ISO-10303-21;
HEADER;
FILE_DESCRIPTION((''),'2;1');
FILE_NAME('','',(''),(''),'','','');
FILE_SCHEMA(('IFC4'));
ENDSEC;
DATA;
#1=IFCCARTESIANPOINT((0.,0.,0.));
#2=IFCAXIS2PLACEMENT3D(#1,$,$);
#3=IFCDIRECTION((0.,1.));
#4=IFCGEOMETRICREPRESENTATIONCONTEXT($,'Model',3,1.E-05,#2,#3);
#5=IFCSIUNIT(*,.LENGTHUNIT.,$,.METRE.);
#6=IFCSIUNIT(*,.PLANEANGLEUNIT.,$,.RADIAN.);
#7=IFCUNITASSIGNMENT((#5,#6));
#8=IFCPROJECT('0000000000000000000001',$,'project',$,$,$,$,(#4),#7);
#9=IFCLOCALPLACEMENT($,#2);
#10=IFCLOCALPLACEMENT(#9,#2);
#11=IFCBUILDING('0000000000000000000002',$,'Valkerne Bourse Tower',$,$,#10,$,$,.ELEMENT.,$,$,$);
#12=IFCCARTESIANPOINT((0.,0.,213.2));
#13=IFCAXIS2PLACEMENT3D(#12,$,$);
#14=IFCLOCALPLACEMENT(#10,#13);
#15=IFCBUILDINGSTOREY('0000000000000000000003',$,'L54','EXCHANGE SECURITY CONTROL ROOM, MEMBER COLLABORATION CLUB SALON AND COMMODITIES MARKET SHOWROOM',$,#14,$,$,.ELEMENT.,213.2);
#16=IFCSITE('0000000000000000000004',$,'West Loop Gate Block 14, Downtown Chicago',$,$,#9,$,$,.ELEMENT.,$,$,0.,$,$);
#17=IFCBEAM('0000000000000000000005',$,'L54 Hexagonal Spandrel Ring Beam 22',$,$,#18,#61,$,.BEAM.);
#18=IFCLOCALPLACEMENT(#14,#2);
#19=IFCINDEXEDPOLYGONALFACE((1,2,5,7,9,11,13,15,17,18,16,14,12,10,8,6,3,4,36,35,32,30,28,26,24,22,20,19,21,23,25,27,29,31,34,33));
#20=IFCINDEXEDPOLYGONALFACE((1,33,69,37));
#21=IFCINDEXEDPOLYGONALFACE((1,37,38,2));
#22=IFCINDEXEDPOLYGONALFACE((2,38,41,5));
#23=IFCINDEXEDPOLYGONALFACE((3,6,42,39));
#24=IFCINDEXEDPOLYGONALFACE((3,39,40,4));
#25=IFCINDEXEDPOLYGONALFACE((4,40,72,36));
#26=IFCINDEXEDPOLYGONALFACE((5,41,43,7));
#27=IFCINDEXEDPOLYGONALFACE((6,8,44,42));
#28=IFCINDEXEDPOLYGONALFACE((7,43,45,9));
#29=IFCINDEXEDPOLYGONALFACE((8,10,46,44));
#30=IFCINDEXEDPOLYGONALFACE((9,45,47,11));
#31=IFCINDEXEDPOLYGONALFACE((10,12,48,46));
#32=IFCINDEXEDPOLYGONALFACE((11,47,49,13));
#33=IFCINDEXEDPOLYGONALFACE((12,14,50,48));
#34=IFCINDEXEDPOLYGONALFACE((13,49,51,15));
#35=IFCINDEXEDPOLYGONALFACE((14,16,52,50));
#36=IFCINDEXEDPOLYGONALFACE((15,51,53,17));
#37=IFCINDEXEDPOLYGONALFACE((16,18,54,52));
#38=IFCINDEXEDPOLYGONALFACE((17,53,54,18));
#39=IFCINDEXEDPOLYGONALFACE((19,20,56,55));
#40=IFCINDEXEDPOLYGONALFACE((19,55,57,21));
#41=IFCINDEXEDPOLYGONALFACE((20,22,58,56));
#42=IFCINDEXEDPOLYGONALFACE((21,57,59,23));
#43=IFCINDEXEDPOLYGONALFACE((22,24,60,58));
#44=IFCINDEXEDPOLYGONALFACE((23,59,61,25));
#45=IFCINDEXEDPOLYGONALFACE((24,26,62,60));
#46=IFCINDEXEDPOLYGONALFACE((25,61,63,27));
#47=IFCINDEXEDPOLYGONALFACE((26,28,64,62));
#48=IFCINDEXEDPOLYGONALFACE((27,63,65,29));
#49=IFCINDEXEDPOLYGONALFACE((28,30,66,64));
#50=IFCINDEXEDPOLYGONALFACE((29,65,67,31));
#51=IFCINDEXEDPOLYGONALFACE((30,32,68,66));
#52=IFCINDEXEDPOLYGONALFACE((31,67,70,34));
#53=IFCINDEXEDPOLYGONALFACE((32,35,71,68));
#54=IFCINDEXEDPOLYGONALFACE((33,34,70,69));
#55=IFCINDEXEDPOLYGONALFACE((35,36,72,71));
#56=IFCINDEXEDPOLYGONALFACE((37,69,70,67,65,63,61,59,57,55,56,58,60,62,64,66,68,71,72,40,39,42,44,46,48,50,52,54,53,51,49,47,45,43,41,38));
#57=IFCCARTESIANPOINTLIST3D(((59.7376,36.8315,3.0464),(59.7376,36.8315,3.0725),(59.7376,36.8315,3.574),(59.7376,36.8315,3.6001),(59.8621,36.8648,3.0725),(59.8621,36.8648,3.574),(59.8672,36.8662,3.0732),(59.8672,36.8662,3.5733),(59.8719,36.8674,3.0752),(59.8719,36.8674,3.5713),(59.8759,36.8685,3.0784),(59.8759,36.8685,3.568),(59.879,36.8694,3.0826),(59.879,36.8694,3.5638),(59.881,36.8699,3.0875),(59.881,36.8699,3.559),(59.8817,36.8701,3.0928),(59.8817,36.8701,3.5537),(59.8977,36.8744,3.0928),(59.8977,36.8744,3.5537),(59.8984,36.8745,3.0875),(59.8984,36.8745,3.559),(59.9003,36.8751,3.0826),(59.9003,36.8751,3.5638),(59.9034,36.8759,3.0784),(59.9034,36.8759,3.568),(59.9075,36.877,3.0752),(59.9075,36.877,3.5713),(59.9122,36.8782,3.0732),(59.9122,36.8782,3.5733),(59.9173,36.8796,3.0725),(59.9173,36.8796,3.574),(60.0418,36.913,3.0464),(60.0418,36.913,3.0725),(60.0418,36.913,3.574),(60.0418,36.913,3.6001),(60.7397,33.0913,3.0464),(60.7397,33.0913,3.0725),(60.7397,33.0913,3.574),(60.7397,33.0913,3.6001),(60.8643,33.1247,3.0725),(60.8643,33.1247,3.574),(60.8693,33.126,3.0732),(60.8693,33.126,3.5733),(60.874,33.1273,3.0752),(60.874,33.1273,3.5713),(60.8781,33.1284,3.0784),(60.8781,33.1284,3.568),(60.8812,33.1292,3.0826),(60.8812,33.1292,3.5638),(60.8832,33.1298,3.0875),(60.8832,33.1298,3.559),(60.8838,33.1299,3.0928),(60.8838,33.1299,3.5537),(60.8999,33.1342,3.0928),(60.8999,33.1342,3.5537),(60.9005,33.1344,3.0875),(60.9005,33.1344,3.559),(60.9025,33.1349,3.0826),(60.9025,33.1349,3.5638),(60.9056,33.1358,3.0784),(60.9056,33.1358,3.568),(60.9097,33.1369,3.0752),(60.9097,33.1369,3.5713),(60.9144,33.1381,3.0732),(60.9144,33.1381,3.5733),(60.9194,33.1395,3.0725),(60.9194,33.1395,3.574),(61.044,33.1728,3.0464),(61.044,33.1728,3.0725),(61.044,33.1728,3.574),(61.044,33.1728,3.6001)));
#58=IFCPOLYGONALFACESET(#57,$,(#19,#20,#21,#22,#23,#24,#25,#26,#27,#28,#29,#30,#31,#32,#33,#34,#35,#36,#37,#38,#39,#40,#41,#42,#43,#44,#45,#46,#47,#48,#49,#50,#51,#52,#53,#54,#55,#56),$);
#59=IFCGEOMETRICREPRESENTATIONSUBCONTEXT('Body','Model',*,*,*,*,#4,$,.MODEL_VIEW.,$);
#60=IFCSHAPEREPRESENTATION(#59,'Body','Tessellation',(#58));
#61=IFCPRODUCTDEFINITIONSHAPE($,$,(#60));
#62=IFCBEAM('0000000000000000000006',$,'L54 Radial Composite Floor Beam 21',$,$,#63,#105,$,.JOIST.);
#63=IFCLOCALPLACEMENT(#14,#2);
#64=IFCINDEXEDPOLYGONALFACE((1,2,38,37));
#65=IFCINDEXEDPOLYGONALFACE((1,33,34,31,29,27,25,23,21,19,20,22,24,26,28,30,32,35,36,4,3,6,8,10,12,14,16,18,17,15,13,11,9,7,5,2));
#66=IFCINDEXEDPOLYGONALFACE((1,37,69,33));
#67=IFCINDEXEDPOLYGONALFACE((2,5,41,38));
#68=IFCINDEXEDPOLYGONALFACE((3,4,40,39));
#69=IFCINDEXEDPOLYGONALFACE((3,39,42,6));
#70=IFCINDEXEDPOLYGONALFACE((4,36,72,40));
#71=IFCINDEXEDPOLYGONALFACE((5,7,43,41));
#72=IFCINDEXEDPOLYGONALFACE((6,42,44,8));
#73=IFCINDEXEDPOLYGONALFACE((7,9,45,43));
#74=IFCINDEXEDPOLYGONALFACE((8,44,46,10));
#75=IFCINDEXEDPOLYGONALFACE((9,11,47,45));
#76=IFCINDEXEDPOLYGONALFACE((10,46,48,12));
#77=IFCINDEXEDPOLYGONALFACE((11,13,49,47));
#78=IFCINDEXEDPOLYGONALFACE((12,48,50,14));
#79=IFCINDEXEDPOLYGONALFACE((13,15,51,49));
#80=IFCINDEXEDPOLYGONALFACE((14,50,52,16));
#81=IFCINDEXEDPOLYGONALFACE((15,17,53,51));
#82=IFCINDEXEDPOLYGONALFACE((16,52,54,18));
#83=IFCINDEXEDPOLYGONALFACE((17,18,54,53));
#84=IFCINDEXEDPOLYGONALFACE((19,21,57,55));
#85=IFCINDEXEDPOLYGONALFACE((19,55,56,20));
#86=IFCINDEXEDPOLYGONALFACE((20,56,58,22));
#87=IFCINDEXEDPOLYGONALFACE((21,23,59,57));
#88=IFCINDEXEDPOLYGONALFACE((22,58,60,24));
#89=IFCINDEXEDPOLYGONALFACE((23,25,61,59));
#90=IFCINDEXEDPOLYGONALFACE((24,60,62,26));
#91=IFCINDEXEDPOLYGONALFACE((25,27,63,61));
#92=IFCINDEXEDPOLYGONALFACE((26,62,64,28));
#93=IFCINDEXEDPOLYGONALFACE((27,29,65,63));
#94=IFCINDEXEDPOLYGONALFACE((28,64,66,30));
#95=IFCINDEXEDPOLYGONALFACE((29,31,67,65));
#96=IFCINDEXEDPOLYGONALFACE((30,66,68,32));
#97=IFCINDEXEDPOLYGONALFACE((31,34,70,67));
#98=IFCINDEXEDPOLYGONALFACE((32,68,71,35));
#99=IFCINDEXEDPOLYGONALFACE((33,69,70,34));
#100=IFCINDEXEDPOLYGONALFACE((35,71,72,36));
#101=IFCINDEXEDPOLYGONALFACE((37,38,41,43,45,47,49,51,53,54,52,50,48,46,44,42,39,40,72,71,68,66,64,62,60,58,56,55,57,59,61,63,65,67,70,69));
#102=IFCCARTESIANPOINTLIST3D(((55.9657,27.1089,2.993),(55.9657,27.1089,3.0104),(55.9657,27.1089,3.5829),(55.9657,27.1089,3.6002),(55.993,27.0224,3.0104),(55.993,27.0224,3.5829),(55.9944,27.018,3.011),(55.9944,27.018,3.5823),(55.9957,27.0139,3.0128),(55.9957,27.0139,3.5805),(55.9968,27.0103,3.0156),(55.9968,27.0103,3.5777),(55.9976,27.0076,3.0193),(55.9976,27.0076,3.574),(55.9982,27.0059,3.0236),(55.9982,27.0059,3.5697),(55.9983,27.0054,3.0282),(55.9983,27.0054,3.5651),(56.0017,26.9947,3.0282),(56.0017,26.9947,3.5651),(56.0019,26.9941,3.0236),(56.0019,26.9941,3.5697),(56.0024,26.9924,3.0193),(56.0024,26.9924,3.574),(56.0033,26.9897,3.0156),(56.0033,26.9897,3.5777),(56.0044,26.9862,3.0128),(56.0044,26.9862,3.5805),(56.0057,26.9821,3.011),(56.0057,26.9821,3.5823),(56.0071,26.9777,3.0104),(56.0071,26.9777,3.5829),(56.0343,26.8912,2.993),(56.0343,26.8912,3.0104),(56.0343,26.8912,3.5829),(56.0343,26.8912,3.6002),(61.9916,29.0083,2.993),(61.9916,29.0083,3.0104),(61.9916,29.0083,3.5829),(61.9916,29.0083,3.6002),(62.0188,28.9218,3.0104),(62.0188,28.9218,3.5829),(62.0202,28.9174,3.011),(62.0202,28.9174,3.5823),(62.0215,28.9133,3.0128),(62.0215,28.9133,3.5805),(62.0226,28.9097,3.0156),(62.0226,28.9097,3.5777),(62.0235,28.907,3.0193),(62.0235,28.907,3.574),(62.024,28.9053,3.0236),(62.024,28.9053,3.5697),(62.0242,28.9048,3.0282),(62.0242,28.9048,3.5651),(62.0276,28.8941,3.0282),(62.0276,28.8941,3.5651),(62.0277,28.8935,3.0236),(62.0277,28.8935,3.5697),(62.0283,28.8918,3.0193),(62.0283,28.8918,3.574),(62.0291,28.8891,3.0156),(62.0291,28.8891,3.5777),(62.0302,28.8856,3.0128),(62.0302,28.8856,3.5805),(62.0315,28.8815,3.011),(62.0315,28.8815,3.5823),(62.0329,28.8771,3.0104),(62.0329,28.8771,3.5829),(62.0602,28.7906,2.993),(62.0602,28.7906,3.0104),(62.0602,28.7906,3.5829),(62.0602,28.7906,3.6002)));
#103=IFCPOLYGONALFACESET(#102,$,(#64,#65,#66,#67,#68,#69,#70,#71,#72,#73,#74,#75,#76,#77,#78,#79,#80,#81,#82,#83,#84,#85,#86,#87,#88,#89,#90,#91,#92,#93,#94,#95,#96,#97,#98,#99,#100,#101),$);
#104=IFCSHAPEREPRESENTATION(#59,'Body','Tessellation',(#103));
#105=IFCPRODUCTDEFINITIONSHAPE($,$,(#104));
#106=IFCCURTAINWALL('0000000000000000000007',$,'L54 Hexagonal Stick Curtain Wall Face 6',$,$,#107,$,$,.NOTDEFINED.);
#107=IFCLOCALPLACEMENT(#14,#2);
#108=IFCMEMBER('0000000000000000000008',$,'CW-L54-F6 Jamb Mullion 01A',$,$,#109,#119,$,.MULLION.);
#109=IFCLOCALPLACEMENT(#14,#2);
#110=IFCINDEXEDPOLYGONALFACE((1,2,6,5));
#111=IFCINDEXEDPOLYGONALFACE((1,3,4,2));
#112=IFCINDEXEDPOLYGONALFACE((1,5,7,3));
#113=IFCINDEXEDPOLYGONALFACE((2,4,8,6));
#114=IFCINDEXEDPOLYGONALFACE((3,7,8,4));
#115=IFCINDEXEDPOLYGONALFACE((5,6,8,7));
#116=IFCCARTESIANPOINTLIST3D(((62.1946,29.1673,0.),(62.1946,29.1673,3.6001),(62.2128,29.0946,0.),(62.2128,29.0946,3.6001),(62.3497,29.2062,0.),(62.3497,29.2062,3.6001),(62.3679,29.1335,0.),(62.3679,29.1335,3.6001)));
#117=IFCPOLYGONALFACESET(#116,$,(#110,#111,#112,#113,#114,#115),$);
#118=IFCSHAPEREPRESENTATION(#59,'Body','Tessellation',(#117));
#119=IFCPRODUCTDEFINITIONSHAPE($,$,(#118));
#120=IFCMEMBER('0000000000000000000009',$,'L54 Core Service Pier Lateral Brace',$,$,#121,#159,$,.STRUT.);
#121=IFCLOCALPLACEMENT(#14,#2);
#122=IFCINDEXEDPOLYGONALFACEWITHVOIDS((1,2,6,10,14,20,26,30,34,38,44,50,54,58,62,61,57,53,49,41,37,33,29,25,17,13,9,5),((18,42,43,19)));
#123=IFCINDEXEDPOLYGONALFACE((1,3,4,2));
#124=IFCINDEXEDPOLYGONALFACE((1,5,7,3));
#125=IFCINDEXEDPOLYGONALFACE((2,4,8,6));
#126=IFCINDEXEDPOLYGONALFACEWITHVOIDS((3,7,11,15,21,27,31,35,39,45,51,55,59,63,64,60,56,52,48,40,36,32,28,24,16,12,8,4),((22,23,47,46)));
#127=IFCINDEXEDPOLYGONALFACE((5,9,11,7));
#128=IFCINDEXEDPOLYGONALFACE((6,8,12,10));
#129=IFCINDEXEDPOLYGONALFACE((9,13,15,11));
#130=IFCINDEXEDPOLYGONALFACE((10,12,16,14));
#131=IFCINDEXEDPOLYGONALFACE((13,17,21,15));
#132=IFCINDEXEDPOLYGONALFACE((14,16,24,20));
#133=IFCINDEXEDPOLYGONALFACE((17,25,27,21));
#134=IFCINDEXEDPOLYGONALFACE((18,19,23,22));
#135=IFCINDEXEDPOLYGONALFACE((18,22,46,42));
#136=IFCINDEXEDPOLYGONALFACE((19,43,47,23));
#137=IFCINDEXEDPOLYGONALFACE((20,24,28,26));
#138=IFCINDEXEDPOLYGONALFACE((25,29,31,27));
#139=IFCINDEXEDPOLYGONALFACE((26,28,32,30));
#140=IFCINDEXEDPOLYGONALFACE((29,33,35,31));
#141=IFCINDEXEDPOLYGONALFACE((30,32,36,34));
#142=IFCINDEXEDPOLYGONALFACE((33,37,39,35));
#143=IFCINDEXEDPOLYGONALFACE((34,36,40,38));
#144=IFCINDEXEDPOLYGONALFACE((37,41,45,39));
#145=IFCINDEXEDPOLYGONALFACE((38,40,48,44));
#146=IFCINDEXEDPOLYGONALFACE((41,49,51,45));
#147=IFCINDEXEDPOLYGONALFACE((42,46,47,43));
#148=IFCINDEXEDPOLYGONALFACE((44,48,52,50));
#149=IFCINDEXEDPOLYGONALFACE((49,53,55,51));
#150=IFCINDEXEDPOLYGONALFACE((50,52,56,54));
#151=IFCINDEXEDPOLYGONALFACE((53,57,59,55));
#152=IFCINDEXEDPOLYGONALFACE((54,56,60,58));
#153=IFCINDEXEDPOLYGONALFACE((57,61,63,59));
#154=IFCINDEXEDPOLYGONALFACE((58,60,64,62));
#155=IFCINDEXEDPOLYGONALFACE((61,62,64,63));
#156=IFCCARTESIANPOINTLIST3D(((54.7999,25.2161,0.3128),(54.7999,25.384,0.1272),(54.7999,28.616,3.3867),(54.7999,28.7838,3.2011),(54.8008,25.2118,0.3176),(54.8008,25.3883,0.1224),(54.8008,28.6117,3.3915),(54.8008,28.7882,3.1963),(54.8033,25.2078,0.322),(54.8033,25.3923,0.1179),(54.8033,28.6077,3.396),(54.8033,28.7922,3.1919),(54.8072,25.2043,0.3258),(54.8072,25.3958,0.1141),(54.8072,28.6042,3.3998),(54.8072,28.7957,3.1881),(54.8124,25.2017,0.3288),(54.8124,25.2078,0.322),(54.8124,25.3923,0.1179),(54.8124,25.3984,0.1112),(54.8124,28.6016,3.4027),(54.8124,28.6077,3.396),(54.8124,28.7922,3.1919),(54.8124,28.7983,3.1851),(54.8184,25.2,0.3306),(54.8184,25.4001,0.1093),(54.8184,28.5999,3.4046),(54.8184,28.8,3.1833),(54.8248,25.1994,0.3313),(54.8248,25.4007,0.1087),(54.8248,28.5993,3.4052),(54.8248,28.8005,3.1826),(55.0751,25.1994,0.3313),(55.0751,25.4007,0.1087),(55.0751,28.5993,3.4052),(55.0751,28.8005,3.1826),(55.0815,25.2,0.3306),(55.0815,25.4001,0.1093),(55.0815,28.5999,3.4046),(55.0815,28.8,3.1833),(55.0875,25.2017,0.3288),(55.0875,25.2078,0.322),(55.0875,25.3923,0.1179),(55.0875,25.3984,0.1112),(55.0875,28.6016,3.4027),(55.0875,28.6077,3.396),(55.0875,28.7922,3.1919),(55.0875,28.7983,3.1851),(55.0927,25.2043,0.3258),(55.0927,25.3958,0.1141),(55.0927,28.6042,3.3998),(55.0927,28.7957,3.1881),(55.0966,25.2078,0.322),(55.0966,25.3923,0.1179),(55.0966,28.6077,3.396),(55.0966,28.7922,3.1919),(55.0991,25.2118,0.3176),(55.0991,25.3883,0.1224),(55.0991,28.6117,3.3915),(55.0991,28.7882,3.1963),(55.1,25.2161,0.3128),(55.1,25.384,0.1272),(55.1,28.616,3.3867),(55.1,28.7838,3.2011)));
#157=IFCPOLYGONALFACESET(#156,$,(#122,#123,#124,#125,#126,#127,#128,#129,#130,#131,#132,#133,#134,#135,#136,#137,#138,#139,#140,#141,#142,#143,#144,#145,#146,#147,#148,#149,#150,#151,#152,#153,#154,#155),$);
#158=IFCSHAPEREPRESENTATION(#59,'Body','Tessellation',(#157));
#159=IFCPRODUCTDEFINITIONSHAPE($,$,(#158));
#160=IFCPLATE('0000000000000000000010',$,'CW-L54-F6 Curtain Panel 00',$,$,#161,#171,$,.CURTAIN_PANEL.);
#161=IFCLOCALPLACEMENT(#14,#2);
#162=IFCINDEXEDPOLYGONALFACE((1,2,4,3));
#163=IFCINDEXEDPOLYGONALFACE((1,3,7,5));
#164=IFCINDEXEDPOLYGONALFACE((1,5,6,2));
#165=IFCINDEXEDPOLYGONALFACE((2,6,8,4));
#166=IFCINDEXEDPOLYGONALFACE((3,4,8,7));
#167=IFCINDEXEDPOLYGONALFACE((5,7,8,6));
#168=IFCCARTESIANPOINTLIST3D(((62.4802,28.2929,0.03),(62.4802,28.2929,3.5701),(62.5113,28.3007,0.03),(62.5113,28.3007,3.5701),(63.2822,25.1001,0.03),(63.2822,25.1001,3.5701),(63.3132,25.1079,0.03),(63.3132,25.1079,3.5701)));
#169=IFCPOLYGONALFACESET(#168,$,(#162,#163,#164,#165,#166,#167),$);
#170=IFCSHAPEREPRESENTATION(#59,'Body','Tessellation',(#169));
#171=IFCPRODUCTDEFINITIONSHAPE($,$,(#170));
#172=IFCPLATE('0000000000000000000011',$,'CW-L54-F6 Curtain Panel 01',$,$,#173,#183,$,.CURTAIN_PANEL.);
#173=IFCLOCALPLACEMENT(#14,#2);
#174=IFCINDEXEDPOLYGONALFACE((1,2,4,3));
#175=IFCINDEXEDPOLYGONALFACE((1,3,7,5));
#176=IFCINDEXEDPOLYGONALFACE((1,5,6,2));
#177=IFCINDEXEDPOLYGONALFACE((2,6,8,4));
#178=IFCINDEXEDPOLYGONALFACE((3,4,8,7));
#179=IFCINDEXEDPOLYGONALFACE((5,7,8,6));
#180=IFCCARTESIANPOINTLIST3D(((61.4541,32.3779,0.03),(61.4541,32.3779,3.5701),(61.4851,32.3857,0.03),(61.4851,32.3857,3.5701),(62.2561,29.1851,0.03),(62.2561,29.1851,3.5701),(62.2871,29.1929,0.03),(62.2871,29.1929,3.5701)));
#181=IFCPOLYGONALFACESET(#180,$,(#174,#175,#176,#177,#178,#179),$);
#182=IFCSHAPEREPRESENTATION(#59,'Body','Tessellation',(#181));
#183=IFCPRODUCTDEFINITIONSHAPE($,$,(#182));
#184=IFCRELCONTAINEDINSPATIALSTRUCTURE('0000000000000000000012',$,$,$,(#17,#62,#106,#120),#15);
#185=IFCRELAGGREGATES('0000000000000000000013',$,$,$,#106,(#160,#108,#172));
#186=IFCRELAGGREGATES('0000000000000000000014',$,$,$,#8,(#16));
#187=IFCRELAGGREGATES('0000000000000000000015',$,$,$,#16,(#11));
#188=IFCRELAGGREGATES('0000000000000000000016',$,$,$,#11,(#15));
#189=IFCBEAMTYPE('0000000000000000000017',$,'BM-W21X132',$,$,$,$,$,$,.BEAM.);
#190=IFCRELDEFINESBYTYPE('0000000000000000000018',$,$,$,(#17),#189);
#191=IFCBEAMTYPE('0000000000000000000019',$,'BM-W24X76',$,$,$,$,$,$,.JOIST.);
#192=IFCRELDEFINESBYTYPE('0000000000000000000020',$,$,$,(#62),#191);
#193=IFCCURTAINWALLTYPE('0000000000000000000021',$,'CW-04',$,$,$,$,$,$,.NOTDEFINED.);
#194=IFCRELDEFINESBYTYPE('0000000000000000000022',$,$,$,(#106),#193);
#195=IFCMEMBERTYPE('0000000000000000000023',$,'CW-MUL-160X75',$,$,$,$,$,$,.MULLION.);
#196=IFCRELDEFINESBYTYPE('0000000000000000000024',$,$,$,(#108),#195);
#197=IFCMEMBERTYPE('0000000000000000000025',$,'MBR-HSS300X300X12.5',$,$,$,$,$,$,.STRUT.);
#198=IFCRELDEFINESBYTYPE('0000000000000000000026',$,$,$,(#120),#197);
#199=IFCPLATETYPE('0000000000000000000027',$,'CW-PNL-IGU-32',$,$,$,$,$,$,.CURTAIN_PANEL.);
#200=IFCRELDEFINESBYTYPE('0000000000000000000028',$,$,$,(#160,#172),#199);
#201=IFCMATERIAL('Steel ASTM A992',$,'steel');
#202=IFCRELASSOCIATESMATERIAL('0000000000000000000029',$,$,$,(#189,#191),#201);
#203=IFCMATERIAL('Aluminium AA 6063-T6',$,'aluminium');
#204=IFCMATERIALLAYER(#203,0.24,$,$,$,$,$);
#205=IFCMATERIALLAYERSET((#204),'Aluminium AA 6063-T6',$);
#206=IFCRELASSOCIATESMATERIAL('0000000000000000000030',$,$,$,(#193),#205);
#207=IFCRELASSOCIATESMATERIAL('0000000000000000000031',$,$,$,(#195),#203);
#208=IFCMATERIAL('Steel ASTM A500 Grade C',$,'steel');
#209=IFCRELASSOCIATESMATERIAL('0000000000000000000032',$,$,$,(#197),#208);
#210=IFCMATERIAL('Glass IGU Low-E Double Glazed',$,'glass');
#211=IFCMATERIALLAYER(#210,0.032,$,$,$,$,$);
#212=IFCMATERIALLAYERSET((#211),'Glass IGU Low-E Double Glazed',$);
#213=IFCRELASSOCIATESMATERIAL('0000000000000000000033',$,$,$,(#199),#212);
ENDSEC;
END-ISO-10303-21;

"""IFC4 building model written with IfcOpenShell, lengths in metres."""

from ifc_helpers import new_model, si_unit, direction, frame, origin, origin_2d, place, context, subcontext, project, spatial, rectangle, hollow_rectangle, i_section, extrude, material, layer, layer_set, material_profile, profile_set, type_object, element, aggregate, save


model = new_model("IFC4")

# Units and contexts
model_context = context("Model", 3, precision=1e-05, world=origin(), true_north=direction((0.0, 1.0)))
body_context = subcontext(model_context, "Body", "Model", "MODEL_VIEW")
ifc_project = project(units=[si_unit("LENGTHUNIT", "METRE"), si_unit("PLANEANGLEUNIT", "RADIAN")], contexts=[model_context])

# Site, building, storey
site_placement = place(None, origin())
site = spatial("IfcSite", under=ifc_project, at=site_placement, Name="West Loop Gate Block 14, Downtown Chicago", CompositionType="ELEMENT", RefElevation=0.0)
building_placement = place(site_placement, origin())
building = spatial("IfcBuilding", under=site, at=building_placement, Name="Valkerne Bourse Tower", CompositionType="ELEMENT")
storey_placement = place(building_placement, frame((0.0, 0.0, 213.2)))
storey = spatial("IfcBuildingStorey", under=building, at=storey_placement, Name="L54", Description="EXCHANGE SECURITY CONTROL ROOM, MEMBER COLLABORATION CLUB SALON AND COMMODITIES MARKET SHOWROOM", CompositionType="ELEMENT", Elevation=213.2)

# Beams
ifc_material_1 = material(Name="Steel ASTM A992", Category="steel")
ifc_material_profile_1 = material_profile(ifc_material_1, i_section(OverallWidth=0.3149, OverallDepth=0.5537, WebThickness=0.0166, FlangeThickness=0.0261, FilletRadius=0.0203, at=origin_2d()), Name="W21X132")
ifc_profile_set_1 = profile_set([ifc_material_profile_1], Name="Steel ASTM A992")
beam_type_1 = type_object("IfcBeamType", Name="BM-W21X132", PredefinedType="BEAM", material=ifc_profile_set_1)
beam_1_placement = place(storey_placement, frame((60.8918, 33.1321, 3.3232), z_axis=(-0.25882, 0.965926, 0.0), x_axis=(-0.965926, -0.25882, 0.0)))
element("IfcBeam", 1, at=beam_1_placement, inside=storey, type_object=beam_type_1, Name="L54 Hexagonal Spandrel Ring Beam 22", PredefinedType="BEAM", context=body_context, shape_type="SweptSolid", body=[
    extrude(i_section(OverallWidth=0.3149, OverallDepth=0.5537, WebThickness=0.0166, FlangeThickness=0.0261, FilletRadius=0.0203, at=origin_2d()), origin(), (0.0, 0.0, 1.0), 3.8721),
])
ifc_material_profile_2 = material_profile(ifc_material_1, i_section(OverallWidth=0.2283, OverallDepth=0.6072, WebThickness=0.0112, FlangeThickness=0.0173, FilletRadius=0.0178, at=origin_2d()), Name="W24X76")
ifc_profile_set_2 = profile_set([ifc_material_profile_2], Name="Steel ASTM A992")
beam_type_2 = type_object("IfcBeamType", Name="BM-W24X76", PredefinedType="JOIST", material=ifc_profile_set_2)
beam_2_placement = place(storey_placement, frame((62.0259, 28.8994, 3.2966), z_axis=(-0.953741, -0.300628, 0.0), x_axis=(0.300628, -0.953741, 0.0)))
element("IfcBeam", 2, at=beam_2_placement, inside=storey, type_object=beam_type_2, Name="L54 Radial Composite Floor Beam 21", PredefinedType="JOIST", context=body_context, shape_type="SweptSolid", body=[
    extrude(i_section(OverallWidth=0.2283, OverallDepth=0.6072, WebThickness=0.0112, FlangeThickness=0.0173, FilletRadius=0.0178, at=origin_2d()), origin(), (0.0, 0.0, 1.0), 6.3181),
])

# Curtain wall, member
ifc_material_2 = material(Name="Aluminium AA 6063-T6", Category="aluminium")
ifc_layer_1 = layer(ifc_material_2, 0.24)
ifc_layer_set_1 = layer_set([ifc_layer_1], Name="Aluminium AA 6063-T6")
curtain_wall_type = type_object("IfcCurtainWallType", Name="CW-04", PredefinedType="NOTDEFINED", material=ifc_layer_set_1)
curtain_wall_placement = place(storey_placement, origin())
curtain_wall = element("IfcCurtainWall", 3, at=curtain_wall_placement, inside=storey, type_object=curtain_wall_type, Name="L54 Hexagonal Stick Curtain Wall Face 6", PredefinedType="NOTDEFINED")
ifc_material_profile_3 = material_profile(ifc_material_2, rectangle(XDim=0.075, YDim=0.1599, at=origin_2d()), Name="CWM-75X160")
ifc_profile_set_3 = profile_set([ifc_material_profile_3], Name="Aluminium AA 6063-T6")
member_type_1 = type_object("IfcMemberType", Name="CW-MUL-160X75", PredefinedType="MULLION", material=ifc_profile_set_3)
member_1_placement = place(storey_placement, frame((62.2812, 29.1504, 0.0), z_axis=(0.0, 0.0, 1.0), x_axis=(-0.243614, 0.969872, 0.0)))
member_1 = element("IfcMember", 4, at=member_1_placement, type_object=member_type_1, Name="CW-L54-F6 Jamb Mullion 01A", PredefinedType="MULLION", context=body_context, shape_type="SweptSolid", body=[
    extrude(rectangle(XDim=0.075, YDim=0.1599, at=origin_2d()), origin(), (0.0, 0.0, 1.0), 3.6001),
])

# Member
ifc_material_3 = material(Name="Steel ASTM A500 Grade C", Category="steel")
ifc_material_profile_4 = material_profile(ifc_material_3, hollow_rectangle(XDim=0.3, YDim=0.3, WallThickness=0.0125, OuterFilletRadius=0.0249, at=origin_2d()), Name="HSS300X300X12.5")
ifc_profile_set_4 = profile_set([ifc_material_profile_4], Name="Steel ASTM A500 Grade C")
member_type_2 = type_object("IfcMemberType", Name="MBR-HSS300X300X12.5", PredefinedType="STRUT", material=ifc_profile_set_4)
member_2_placement = place(storey_placement, frame((54.95, 25.3, 0.22), z_axis=(0.0, 0.741767, 0.670658), x_axis=(-1.0, 0.0, 0.0)))
element("IfcMember", 5, at=member_2_placement, inside=storey, type_object=member_type_2, Name="L54 Core Service Pier Lateral Brace", PredefinedType="STRUT", context=body_context, shape_type="SweptSolid", body=[
    extrude(hollow_rectangle(XDim=0.3, YDim=0.3, WallThickness=0.0125, OuterFilletRadius=0.0249, at=origin_2d()), origin(), (0.0, 0.0, 1.0), 4.5835),
])

# Plates
ifc_material_4 = material(Name="Glass IGU Low-E Double Glazed", Category="glass")
ifc_layer_2 = layer(ifc_material_4, 0.032)
ifc_layer_set_2 = layer_set([ifc_layer_2], Name="Glass IGU Low-E Double Glazed")
plate_type_1 = type_object("IfcPlateType", Name="CW-PNL-IGU-32", PredefinedType="CURTAIN_PANEL", material=ifc_layer_set_2)
plate_1_placement = place(storey_placement, frame((62.8967, 26.7004, 0.03), z_axis=(0.0, 0.0, 1.0), x_axis=(-0.243614, 0.969872, 0.0)))
plate_1 = element("IfcPlate", 6, at=plate_1_placement, type_object=plate_type_1, Name="CW-L54-F6 Curtain Panel 00", PredefinedType="CURTAIN_PANEL", context=body_context, shape_type="SweptSolid", body=[
    extrude(rectangle(XDim=3.292, YDim=0.032, at=origin_2d()), origin(), (0.0, 0.0, 1.0), 3.54),
])
plate_2_placement = place(storey_placement, frame((61.8706, 30.7854, 0.03), z_axis=(0.0, 0.0, 1.0), x_axis=(-0.243614, 0.969872, 0.0)))
plate_2 = element("IfcPlate", 7, at=plate_2_placement, type_object=plate_type_1, Name="CW-L54-F6 Curtain Panel 01", PredefinedType="CURTAIN_PANEL", context=body_context, shape_type="SweptSolid", body=[
    extrude(rectangle(XDim=3.292, YDim=0.032, at=origin_2d()), origin(), (0.0, 0.0, 1.0), 3.54),
])
aggregate(curtain_wall, [plate_1, member_1, plate_2])

save(model, "model.ifc")
